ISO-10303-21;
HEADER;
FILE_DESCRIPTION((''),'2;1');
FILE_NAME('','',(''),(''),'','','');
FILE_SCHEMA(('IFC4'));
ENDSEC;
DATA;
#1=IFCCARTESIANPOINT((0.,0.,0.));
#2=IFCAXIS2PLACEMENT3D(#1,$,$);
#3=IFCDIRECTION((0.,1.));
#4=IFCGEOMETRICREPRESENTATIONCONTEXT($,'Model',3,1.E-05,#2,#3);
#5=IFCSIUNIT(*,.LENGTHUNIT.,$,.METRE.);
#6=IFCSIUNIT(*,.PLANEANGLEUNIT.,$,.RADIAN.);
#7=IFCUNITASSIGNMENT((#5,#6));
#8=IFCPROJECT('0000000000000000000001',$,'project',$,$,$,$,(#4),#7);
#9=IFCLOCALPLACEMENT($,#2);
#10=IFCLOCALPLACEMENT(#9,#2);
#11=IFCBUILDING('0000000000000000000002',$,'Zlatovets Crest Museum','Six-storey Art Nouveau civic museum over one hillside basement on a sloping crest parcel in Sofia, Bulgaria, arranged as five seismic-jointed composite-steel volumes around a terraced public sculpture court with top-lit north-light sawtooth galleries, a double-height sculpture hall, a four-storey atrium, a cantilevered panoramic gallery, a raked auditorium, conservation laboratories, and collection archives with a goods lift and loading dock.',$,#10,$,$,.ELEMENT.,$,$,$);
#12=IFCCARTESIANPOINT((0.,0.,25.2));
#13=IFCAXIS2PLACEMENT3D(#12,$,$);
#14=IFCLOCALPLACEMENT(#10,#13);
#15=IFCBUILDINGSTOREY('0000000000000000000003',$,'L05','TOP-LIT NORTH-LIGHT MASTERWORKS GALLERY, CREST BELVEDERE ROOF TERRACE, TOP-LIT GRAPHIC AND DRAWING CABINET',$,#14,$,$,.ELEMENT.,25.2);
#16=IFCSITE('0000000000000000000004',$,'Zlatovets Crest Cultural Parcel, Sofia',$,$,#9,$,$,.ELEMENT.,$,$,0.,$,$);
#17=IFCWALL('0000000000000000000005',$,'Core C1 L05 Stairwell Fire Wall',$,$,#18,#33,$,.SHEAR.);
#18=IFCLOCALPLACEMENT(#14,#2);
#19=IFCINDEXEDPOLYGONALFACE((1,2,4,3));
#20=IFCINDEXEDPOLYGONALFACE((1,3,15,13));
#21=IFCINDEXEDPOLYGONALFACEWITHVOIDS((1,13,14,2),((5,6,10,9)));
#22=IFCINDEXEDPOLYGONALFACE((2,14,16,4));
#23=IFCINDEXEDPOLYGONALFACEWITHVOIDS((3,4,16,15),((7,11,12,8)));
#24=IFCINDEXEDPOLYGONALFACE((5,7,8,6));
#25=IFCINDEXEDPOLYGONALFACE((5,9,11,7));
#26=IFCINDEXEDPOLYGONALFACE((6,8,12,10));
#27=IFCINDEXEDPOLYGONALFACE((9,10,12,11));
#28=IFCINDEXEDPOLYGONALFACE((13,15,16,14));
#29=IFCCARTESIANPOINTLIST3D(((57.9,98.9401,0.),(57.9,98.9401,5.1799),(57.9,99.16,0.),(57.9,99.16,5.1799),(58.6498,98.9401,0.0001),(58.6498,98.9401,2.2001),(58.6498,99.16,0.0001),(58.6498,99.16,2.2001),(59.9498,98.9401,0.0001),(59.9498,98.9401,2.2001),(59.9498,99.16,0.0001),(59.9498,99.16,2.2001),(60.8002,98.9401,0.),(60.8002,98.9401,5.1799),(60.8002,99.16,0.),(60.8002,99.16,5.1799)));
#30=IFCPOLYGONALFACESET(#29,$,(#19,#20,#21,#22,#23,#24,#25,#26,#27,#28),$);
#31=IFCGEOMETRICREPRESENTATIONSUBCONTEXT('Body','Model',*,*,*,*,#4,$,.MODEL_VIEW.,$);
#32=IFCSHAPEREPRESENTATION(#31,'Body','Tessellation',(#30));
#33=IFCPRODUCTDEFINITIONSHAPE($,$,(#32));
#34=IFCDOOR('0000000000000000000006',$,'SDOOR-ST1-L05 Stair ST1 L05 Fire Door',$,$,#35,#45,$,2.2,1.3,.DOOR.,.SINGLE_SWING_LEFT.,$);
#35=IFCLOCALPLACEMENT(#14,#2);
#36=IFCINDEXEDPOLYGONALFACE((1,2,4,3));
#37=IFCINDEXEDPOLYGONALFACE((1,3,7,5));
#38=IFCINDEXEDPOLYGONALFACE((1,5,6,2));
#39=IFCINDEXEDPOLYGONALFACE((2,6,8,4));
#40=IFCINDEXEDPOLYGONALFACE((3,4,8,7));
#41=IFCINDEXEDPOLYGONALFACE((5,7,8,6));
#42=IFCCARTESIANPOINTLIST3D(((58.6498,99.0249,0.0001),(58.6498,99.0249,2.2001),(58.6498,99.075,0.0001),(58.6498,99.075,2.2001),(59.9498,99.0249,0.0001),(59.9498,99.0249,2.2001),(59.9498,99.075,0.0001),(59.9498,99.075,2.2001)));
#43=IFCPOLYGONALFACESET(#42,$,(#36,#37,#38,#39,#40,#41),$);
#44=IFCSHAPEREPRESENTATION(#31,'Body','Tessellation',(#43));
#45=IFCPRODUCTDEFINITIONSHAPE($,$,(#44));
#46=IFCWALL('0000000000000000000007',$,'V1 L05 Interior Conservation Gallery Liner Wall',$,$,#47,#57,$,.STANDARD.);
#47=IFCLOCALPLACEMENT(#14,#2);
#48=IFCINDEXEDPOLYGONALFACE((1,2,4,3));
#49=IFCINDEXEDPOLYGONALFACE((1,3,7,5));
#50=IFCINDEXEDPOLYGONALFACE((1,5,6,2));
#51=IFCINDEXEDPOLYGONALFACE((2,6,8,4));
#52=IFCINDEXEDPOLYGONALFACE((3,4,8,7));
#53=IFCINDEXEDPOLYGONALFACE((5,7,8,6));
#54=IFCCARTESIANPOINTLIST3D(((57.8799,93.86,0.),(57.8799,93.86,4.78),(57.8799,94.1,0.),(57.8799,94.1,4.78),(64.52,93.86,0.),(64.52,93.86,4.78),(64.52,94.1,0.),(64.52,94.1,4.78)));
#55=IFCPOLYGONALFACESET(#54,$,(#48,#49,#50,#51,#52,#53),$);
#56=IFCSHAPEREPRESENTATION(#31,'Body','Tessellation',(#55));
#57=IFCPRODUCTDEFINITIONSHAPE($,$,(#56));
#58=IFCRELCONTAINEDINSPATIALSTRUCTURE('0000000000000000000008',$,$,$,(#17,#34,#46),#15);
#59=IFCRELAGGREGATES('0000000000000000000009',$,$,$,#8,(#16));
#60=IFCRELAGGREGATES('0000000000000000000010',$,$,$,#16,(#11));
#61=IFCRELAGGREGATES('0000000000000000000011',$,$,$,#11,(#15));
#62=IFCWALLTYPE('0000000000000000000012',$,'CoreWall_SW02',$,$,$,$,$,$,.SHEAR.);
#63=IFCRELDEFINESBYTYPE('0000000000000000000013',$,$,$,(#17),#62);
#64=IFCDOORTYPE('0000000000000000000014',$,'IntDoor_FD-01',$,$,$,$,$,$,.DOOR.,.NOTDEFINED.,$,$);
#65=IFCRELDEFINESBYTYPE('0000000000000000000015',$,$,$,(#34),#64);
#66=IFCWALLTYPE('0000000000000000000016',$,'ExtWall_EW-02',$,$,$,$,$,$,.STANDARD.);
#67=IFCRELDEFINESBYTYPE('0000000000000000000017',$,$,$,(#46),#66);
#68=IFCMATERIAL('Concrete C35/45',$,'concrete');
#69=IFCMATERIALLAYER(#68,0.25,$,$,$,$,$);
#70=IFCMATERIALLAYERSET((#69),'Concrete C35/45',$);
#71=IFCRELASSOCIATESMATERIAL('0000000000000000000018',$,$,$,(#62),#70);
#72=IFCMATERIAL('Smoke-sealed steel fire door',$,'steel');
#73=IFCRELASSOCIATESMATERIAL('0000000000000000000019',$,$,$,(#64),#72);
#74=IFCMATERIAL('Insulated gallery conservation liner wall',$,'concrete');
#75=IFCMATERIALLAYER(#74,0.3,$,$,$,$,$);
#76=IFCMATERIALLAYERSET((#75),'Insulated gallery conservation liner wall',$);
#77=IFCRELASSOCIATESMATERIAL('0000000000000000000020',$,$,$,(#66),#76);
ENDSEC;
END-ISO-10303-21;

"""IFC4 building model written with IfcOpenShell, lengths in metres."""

from ifc_helpers import new_model, si_unit, direction, frame, frame_2d, origin, place, context, subcontext, project, spatial, rectangle, extrude, material, layer, layer_set, type_object, element, fill, save


model = new_model("IFC4")

# Units and contexts
model_context = context("Model", 3, precision=1e-05, world=origin(), true_north=direction((0.0, 1.0)))
body_context = subcontext(model_context, "Body", "Model", "MODEL_VIEW")
ifc_project = project(units=[si_unit("LENGTHUNIT", "METRE"), si_unit("PLANEANGLEUNIT", "RADIAN")], contexts=[model_context])

# Site, building, storey
site_placement = place(None, origin())
site = spatial("IfcSite", under=ifc_project, at=site_placement, Name="Zlatovets Crest Cultural Parcel, Sofia", CompositionType="ELEMENT", RefElevation=0.0)
building_placement = place(site_placement, origin())
building = spatial("IfcBuilding", under=site, at=building_placement, Name="Zlatovets Crest Museum", Description="Six-storey Art Nouveau civic museum over one hillside basement on a sloping crest parcel in Sofia, Bulgaria, arranged as five seismic-jointed composite-steel volumes around a terraced public sculpture court with top-lit north-light sawtooth galleries, a double-height sculpture hall, a four-storey atrium, a cantilevered panoramic gallery, a raked auditorium, conservation laboratories, and collection archives with a goods lift and loading dock.", CompositionType="ELEMENT")
storey_placement = place(building_placement, frame((0.0, 0.0, 25.2)))
storey = spatial("IfcBuildingStorey", under=building, at=storey_placement, Name="L05", Description="TOP-LIT NORTH-LIGHT MASTERWORKS GALLERY, CREST BELVEDERE ROOF TERRACE, TOP-LIT GRAPHIC AND DRAWING CABINET", CompositionType="ELEMENT", Elevation=25.2)

# Wall, opening, door
ifc_material_1 = material(Name="Concrete C35/45", Category="concrete")
ifc_layer_1 = layer(ifc_material_1, 0.25)
ifc_layer_set_1 = layer_set([ifc_layer_1], Name="Concrete C35/45")
wall_type_1 = type_object("IfcWallType", Name="CoreWall_SW02", PredefinedType="SHEAR", material=ifc_layer_set_1)
wall_1_placement = place(storey_placement, frame((57.8999, 99.05, 0.0), z_axis=(0.0, 0.0, 1.0), x_axis=(1.0, 0.0, 0.0)))
wall_1 = element("IfcWall", 1, at=wall_1_placement, inside=storey, type_object=wall_type_1, Name="Core C1 L05 Stairwell Fire Wall", PredefinedType="SHEAR", context=body_context, shape_type="SweptSolid", body=[
    extrude(rectangle(XDim=2.9001, YDim=0.22, at=frame_2d((1.4502, 0.0))), origin(), (0.0, 0.0, 1.0), 5.1799),
])
opening_placement = place(wall_1_placement, frame((0.75, 0.0, 0.0)))
opening = element("IfcOpeningElement", 2, at=opening_placement, cuts=wall_1, PredefinedType="OPENING", context=body_context, shape_type="SweptSolid", body=[
    extrude(rectangle(XDim=1.3, YDim=2.2, at=frame_2d((0.6499, 1.1001))), frame((0.0, 0.1201, 0.0), z_axis=(0.0, -1.0, 0.0), x_axis=(1.0, 0.0, 0.0)), (0.0, 0.0, 1.0), 0.24),
])
ifc_material_2 = material(Name="Smoke-sealed steel fire door", Category="steel")
door_type = type_object("IfcDoorType", Name="IntDoor_FD-01", OperationType="NOTDEFINED", PredefinedType="DOOR", material=ifc_material_2)
door_placement = place(opening_placement, origin())
door = element("IfcDoor", 3, at=door_placement, inside=storey, type_object=door_type, Name="SDOOR-ST1-L05 Stair ST1 L05 Fire Door", OperationType="SINGLE_SWING_LEFT", OverallHeight=2.2, OverallWidth=1.3, PredefinedType="DOOR", context=body_context, shape_type="SweptSolid", body=[
    extrude(rectangle(XDim=1.3, YDim=2.2, at=frame_2d((0.6499, 1.1001))), frame((0.0, 0.0249, 0.0), z_axis=(0.0, -1.0, 0.0), x_axis=(1.0, 0.0, 0.0)), (0.0, 0.0, 1.0), 0.05),
])
fill(opening, door)

# Wall
ifc_material_3 = material(Name="Insulated gallery conservation liner wall", Category="concrete")
ifc_layer_2 = layer(ifc_material_3, 0.3)
ifc_layer_set_2 = layer_set([ifc_layer_2], Name="Insulated gallery conservation liner wall")
wall_type_2 = type_object("IfcWallType", Name="ExtWall_EW-02", PredefinedType="STANDARD", material=ifc_layer_set_2)
wall_2_placement = place(storey_placement, frame((57.8799, 93.98, 0.0), z_axis=(0.0, 0.0, 1.0), x_axis=(1.0, 0.0, 0.0)))
element("IfcWall", 4, at=wall_2_placement, inside=storey, type_object=wall_type_2, Name="V1 L05 Interior Conservation Gallery Liner Wall", PredefinedType="STANDARD", context=body_context, shape_type="SweptSolid", body=[
    extrude(rectangle(XDim=6.6401, YDim=0.24, at=frame_2d((3.3201, 0.0))), origin(), (0.0, 0.0, 1.0), 4.78),
])

save(model, "model.ifc")
